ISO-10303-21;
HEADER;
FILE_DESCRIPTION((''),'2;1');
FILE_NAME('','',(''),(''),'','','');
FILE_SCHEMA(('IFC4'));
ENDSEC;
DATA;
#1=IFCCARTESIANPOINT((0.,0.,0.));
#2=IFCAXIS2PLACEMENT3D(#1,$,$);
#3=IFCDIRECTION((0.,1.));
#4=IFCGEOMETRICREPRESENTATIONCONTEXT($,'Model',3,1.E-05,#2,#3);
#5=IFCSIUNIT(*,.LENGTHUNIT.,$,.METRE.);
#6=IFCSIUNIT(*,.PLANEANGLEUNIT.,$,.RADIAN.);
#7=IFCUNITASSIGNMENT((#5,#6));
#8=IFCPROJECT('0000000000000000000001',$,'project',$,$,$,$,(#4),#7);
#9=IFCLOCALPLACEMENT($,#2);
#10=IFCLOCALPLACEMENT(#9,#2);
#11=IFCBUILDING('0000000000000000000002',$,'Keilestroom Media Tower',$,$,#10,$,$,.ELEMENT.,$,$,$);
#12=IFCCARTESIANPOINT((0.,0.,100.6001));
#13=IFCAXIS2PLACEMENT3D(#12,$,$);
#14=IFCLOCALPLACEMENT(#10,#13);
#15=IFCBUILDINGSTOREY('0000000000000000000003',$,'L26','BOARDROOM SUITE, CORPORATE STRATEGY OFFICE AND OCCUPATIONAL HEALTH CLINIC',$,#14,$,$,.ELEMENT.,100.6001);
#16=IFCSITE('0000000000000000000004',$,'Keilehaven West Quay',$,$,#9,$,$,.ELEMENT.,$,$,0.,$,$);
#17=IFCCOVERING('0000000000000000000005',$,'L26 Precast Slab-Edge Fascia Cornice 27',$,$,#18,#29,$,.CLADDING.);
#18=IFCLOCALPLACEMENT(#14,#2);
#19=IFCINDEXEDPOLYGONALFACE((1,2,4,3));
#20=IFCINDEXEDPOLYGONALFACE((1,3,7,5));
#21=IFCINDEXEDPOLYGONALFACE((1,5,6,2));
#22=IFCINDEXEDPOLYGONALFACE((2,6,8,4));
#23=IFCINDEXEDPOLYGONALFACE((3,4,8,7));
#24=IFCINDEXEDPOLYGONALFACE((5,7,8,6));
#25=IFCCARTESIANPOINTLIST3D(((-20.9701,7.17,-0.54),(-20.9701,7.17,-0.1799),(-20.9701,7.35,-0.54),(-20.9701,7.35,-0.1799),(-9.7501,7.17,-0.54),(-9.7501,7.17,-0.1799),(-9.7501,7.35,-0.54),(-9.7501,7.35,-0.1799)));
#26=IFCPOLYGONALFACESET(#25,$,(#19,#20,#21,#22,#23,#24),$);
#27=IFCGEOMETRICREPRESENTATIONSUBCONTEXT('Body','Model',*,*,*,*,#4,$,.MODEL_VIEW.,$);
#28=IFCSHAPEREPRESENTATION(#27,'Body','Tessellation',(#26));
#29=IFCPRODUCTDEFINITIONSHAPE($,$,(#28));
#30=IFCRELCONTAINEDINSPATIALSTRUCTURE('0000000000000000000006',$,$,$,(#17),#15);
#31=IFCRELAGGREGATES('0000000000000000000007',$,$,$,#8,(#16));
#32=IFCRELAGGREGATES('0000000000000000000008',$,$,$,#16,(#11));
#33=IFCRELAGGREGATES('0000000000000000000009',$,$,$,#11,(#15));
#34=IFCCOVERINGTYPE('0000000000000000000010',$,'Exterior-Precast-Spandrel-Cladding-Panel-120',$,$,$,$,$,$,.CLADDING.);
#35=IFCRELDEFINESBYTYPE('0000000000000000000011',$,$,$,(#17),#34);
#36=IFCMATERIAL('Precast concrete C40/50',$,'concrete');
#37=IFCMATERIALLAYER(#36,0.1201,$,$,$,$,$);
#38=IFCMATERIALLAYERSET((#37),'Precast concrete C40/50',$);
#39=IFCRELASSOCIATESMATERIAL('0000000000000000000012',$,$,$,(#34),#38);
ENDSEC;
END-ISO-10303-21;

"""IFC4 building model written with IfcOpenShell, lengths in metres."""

from ifc_helpers import new_model, si_unit, direction, frame, origin, origin_2d, place, context, subcontext, project, spatial, rectangle, extrude, source, transform, mapped, material, layer, layer_set, type_object, element, save


model = new_model("IFC4")

# Units and contexts
model_context = context("Model", 3, precision=1e-05, world=origin(), true_north=direction((0.0, 1.0)))
body_context = subcontext(model_context, "Body", "Model", "MODEL_VIEW")
ifc_project = project(units=[si_unit("LENGTHUNIT", "METRE"), si_unit("PLANEANGLEUNIT", "RADIAN")], contexts=[model_context])

# Site, building, storey
site_placement = place(None, origin())
site = spatial("IfcSite", under=ifc_project, at=site_placement, Name="Keilehaven West Quay", CompositionType="ELEMENT", RefElevation=0.0)
building_placement = place(site_placement, origin())
building = spatial("IfcBuilding", under=site, at=building_placement, Name="Keilestroom Media Tower", CompositionType="ELEMENT")
storey_placement = place(building_placement, frame((0.0, 0.0, 100.6001)))
storey = spatial("IfcBuildingStorey", under=building, at=storey_placement, Name="L26", Description="BOARDROOM SUITE, CORPORATE STRATEGY OFFICE AND OCCUPATIONAL HEALTH CLINIC", CompositionType="ELEMENT", Elevation=100.6001)

# Shared definitions
ifc_material_1 = material(Name="Precast concrete C40/50", Category="concrete")

# Covering
ifc_layer_1 = layer(ifc_material_1, 0.1201)
ifc_layer_set_1 = layer_set([ifc_layer_1], Name="Precast concrete C40/50")
covering_type = type_object("IfcCoveringType", Name="Exterior-Precast-Spandrel-Cladding-Panel-120", PredefinedType="CLADDING", material=ifc_layer_set_1)
shared_shape_1 = source(origin(), body_context, "Body", "SweptSolid", [
    extrude(rectangle(XDim=11.22, YDim=0.1799, at=origin_2d()), origin(), (0.0, 0.0, 1.0), 0.3601),
])
covering_1_placement = place(storey_placement, frame((-15.3601, 7.26, -0.54), z_axis=(0.0, 0.0, 1.0), x_axis=(1.0, 0.0, 0.0)))
element("IfcCovering", 1, at=covering_1_placement, inside=storey, type_object=covering_type, Name="L26 Precast Slab-Edge Fascia Cornice 27", PredefinedType="CLADDING", context=body_context, shape_type="MappedRepresentation", body=[
    mapped(shared_shape_1, transform((0.0, 0.0, 0.0), x_axis=(1.0, 0.0, 0.0), y_axis=(0.0, 1.0, 0.0), z_axis=(0.0, 0.0, 1.0), scale=1.0)),
])

save(model, "model.ifc")
